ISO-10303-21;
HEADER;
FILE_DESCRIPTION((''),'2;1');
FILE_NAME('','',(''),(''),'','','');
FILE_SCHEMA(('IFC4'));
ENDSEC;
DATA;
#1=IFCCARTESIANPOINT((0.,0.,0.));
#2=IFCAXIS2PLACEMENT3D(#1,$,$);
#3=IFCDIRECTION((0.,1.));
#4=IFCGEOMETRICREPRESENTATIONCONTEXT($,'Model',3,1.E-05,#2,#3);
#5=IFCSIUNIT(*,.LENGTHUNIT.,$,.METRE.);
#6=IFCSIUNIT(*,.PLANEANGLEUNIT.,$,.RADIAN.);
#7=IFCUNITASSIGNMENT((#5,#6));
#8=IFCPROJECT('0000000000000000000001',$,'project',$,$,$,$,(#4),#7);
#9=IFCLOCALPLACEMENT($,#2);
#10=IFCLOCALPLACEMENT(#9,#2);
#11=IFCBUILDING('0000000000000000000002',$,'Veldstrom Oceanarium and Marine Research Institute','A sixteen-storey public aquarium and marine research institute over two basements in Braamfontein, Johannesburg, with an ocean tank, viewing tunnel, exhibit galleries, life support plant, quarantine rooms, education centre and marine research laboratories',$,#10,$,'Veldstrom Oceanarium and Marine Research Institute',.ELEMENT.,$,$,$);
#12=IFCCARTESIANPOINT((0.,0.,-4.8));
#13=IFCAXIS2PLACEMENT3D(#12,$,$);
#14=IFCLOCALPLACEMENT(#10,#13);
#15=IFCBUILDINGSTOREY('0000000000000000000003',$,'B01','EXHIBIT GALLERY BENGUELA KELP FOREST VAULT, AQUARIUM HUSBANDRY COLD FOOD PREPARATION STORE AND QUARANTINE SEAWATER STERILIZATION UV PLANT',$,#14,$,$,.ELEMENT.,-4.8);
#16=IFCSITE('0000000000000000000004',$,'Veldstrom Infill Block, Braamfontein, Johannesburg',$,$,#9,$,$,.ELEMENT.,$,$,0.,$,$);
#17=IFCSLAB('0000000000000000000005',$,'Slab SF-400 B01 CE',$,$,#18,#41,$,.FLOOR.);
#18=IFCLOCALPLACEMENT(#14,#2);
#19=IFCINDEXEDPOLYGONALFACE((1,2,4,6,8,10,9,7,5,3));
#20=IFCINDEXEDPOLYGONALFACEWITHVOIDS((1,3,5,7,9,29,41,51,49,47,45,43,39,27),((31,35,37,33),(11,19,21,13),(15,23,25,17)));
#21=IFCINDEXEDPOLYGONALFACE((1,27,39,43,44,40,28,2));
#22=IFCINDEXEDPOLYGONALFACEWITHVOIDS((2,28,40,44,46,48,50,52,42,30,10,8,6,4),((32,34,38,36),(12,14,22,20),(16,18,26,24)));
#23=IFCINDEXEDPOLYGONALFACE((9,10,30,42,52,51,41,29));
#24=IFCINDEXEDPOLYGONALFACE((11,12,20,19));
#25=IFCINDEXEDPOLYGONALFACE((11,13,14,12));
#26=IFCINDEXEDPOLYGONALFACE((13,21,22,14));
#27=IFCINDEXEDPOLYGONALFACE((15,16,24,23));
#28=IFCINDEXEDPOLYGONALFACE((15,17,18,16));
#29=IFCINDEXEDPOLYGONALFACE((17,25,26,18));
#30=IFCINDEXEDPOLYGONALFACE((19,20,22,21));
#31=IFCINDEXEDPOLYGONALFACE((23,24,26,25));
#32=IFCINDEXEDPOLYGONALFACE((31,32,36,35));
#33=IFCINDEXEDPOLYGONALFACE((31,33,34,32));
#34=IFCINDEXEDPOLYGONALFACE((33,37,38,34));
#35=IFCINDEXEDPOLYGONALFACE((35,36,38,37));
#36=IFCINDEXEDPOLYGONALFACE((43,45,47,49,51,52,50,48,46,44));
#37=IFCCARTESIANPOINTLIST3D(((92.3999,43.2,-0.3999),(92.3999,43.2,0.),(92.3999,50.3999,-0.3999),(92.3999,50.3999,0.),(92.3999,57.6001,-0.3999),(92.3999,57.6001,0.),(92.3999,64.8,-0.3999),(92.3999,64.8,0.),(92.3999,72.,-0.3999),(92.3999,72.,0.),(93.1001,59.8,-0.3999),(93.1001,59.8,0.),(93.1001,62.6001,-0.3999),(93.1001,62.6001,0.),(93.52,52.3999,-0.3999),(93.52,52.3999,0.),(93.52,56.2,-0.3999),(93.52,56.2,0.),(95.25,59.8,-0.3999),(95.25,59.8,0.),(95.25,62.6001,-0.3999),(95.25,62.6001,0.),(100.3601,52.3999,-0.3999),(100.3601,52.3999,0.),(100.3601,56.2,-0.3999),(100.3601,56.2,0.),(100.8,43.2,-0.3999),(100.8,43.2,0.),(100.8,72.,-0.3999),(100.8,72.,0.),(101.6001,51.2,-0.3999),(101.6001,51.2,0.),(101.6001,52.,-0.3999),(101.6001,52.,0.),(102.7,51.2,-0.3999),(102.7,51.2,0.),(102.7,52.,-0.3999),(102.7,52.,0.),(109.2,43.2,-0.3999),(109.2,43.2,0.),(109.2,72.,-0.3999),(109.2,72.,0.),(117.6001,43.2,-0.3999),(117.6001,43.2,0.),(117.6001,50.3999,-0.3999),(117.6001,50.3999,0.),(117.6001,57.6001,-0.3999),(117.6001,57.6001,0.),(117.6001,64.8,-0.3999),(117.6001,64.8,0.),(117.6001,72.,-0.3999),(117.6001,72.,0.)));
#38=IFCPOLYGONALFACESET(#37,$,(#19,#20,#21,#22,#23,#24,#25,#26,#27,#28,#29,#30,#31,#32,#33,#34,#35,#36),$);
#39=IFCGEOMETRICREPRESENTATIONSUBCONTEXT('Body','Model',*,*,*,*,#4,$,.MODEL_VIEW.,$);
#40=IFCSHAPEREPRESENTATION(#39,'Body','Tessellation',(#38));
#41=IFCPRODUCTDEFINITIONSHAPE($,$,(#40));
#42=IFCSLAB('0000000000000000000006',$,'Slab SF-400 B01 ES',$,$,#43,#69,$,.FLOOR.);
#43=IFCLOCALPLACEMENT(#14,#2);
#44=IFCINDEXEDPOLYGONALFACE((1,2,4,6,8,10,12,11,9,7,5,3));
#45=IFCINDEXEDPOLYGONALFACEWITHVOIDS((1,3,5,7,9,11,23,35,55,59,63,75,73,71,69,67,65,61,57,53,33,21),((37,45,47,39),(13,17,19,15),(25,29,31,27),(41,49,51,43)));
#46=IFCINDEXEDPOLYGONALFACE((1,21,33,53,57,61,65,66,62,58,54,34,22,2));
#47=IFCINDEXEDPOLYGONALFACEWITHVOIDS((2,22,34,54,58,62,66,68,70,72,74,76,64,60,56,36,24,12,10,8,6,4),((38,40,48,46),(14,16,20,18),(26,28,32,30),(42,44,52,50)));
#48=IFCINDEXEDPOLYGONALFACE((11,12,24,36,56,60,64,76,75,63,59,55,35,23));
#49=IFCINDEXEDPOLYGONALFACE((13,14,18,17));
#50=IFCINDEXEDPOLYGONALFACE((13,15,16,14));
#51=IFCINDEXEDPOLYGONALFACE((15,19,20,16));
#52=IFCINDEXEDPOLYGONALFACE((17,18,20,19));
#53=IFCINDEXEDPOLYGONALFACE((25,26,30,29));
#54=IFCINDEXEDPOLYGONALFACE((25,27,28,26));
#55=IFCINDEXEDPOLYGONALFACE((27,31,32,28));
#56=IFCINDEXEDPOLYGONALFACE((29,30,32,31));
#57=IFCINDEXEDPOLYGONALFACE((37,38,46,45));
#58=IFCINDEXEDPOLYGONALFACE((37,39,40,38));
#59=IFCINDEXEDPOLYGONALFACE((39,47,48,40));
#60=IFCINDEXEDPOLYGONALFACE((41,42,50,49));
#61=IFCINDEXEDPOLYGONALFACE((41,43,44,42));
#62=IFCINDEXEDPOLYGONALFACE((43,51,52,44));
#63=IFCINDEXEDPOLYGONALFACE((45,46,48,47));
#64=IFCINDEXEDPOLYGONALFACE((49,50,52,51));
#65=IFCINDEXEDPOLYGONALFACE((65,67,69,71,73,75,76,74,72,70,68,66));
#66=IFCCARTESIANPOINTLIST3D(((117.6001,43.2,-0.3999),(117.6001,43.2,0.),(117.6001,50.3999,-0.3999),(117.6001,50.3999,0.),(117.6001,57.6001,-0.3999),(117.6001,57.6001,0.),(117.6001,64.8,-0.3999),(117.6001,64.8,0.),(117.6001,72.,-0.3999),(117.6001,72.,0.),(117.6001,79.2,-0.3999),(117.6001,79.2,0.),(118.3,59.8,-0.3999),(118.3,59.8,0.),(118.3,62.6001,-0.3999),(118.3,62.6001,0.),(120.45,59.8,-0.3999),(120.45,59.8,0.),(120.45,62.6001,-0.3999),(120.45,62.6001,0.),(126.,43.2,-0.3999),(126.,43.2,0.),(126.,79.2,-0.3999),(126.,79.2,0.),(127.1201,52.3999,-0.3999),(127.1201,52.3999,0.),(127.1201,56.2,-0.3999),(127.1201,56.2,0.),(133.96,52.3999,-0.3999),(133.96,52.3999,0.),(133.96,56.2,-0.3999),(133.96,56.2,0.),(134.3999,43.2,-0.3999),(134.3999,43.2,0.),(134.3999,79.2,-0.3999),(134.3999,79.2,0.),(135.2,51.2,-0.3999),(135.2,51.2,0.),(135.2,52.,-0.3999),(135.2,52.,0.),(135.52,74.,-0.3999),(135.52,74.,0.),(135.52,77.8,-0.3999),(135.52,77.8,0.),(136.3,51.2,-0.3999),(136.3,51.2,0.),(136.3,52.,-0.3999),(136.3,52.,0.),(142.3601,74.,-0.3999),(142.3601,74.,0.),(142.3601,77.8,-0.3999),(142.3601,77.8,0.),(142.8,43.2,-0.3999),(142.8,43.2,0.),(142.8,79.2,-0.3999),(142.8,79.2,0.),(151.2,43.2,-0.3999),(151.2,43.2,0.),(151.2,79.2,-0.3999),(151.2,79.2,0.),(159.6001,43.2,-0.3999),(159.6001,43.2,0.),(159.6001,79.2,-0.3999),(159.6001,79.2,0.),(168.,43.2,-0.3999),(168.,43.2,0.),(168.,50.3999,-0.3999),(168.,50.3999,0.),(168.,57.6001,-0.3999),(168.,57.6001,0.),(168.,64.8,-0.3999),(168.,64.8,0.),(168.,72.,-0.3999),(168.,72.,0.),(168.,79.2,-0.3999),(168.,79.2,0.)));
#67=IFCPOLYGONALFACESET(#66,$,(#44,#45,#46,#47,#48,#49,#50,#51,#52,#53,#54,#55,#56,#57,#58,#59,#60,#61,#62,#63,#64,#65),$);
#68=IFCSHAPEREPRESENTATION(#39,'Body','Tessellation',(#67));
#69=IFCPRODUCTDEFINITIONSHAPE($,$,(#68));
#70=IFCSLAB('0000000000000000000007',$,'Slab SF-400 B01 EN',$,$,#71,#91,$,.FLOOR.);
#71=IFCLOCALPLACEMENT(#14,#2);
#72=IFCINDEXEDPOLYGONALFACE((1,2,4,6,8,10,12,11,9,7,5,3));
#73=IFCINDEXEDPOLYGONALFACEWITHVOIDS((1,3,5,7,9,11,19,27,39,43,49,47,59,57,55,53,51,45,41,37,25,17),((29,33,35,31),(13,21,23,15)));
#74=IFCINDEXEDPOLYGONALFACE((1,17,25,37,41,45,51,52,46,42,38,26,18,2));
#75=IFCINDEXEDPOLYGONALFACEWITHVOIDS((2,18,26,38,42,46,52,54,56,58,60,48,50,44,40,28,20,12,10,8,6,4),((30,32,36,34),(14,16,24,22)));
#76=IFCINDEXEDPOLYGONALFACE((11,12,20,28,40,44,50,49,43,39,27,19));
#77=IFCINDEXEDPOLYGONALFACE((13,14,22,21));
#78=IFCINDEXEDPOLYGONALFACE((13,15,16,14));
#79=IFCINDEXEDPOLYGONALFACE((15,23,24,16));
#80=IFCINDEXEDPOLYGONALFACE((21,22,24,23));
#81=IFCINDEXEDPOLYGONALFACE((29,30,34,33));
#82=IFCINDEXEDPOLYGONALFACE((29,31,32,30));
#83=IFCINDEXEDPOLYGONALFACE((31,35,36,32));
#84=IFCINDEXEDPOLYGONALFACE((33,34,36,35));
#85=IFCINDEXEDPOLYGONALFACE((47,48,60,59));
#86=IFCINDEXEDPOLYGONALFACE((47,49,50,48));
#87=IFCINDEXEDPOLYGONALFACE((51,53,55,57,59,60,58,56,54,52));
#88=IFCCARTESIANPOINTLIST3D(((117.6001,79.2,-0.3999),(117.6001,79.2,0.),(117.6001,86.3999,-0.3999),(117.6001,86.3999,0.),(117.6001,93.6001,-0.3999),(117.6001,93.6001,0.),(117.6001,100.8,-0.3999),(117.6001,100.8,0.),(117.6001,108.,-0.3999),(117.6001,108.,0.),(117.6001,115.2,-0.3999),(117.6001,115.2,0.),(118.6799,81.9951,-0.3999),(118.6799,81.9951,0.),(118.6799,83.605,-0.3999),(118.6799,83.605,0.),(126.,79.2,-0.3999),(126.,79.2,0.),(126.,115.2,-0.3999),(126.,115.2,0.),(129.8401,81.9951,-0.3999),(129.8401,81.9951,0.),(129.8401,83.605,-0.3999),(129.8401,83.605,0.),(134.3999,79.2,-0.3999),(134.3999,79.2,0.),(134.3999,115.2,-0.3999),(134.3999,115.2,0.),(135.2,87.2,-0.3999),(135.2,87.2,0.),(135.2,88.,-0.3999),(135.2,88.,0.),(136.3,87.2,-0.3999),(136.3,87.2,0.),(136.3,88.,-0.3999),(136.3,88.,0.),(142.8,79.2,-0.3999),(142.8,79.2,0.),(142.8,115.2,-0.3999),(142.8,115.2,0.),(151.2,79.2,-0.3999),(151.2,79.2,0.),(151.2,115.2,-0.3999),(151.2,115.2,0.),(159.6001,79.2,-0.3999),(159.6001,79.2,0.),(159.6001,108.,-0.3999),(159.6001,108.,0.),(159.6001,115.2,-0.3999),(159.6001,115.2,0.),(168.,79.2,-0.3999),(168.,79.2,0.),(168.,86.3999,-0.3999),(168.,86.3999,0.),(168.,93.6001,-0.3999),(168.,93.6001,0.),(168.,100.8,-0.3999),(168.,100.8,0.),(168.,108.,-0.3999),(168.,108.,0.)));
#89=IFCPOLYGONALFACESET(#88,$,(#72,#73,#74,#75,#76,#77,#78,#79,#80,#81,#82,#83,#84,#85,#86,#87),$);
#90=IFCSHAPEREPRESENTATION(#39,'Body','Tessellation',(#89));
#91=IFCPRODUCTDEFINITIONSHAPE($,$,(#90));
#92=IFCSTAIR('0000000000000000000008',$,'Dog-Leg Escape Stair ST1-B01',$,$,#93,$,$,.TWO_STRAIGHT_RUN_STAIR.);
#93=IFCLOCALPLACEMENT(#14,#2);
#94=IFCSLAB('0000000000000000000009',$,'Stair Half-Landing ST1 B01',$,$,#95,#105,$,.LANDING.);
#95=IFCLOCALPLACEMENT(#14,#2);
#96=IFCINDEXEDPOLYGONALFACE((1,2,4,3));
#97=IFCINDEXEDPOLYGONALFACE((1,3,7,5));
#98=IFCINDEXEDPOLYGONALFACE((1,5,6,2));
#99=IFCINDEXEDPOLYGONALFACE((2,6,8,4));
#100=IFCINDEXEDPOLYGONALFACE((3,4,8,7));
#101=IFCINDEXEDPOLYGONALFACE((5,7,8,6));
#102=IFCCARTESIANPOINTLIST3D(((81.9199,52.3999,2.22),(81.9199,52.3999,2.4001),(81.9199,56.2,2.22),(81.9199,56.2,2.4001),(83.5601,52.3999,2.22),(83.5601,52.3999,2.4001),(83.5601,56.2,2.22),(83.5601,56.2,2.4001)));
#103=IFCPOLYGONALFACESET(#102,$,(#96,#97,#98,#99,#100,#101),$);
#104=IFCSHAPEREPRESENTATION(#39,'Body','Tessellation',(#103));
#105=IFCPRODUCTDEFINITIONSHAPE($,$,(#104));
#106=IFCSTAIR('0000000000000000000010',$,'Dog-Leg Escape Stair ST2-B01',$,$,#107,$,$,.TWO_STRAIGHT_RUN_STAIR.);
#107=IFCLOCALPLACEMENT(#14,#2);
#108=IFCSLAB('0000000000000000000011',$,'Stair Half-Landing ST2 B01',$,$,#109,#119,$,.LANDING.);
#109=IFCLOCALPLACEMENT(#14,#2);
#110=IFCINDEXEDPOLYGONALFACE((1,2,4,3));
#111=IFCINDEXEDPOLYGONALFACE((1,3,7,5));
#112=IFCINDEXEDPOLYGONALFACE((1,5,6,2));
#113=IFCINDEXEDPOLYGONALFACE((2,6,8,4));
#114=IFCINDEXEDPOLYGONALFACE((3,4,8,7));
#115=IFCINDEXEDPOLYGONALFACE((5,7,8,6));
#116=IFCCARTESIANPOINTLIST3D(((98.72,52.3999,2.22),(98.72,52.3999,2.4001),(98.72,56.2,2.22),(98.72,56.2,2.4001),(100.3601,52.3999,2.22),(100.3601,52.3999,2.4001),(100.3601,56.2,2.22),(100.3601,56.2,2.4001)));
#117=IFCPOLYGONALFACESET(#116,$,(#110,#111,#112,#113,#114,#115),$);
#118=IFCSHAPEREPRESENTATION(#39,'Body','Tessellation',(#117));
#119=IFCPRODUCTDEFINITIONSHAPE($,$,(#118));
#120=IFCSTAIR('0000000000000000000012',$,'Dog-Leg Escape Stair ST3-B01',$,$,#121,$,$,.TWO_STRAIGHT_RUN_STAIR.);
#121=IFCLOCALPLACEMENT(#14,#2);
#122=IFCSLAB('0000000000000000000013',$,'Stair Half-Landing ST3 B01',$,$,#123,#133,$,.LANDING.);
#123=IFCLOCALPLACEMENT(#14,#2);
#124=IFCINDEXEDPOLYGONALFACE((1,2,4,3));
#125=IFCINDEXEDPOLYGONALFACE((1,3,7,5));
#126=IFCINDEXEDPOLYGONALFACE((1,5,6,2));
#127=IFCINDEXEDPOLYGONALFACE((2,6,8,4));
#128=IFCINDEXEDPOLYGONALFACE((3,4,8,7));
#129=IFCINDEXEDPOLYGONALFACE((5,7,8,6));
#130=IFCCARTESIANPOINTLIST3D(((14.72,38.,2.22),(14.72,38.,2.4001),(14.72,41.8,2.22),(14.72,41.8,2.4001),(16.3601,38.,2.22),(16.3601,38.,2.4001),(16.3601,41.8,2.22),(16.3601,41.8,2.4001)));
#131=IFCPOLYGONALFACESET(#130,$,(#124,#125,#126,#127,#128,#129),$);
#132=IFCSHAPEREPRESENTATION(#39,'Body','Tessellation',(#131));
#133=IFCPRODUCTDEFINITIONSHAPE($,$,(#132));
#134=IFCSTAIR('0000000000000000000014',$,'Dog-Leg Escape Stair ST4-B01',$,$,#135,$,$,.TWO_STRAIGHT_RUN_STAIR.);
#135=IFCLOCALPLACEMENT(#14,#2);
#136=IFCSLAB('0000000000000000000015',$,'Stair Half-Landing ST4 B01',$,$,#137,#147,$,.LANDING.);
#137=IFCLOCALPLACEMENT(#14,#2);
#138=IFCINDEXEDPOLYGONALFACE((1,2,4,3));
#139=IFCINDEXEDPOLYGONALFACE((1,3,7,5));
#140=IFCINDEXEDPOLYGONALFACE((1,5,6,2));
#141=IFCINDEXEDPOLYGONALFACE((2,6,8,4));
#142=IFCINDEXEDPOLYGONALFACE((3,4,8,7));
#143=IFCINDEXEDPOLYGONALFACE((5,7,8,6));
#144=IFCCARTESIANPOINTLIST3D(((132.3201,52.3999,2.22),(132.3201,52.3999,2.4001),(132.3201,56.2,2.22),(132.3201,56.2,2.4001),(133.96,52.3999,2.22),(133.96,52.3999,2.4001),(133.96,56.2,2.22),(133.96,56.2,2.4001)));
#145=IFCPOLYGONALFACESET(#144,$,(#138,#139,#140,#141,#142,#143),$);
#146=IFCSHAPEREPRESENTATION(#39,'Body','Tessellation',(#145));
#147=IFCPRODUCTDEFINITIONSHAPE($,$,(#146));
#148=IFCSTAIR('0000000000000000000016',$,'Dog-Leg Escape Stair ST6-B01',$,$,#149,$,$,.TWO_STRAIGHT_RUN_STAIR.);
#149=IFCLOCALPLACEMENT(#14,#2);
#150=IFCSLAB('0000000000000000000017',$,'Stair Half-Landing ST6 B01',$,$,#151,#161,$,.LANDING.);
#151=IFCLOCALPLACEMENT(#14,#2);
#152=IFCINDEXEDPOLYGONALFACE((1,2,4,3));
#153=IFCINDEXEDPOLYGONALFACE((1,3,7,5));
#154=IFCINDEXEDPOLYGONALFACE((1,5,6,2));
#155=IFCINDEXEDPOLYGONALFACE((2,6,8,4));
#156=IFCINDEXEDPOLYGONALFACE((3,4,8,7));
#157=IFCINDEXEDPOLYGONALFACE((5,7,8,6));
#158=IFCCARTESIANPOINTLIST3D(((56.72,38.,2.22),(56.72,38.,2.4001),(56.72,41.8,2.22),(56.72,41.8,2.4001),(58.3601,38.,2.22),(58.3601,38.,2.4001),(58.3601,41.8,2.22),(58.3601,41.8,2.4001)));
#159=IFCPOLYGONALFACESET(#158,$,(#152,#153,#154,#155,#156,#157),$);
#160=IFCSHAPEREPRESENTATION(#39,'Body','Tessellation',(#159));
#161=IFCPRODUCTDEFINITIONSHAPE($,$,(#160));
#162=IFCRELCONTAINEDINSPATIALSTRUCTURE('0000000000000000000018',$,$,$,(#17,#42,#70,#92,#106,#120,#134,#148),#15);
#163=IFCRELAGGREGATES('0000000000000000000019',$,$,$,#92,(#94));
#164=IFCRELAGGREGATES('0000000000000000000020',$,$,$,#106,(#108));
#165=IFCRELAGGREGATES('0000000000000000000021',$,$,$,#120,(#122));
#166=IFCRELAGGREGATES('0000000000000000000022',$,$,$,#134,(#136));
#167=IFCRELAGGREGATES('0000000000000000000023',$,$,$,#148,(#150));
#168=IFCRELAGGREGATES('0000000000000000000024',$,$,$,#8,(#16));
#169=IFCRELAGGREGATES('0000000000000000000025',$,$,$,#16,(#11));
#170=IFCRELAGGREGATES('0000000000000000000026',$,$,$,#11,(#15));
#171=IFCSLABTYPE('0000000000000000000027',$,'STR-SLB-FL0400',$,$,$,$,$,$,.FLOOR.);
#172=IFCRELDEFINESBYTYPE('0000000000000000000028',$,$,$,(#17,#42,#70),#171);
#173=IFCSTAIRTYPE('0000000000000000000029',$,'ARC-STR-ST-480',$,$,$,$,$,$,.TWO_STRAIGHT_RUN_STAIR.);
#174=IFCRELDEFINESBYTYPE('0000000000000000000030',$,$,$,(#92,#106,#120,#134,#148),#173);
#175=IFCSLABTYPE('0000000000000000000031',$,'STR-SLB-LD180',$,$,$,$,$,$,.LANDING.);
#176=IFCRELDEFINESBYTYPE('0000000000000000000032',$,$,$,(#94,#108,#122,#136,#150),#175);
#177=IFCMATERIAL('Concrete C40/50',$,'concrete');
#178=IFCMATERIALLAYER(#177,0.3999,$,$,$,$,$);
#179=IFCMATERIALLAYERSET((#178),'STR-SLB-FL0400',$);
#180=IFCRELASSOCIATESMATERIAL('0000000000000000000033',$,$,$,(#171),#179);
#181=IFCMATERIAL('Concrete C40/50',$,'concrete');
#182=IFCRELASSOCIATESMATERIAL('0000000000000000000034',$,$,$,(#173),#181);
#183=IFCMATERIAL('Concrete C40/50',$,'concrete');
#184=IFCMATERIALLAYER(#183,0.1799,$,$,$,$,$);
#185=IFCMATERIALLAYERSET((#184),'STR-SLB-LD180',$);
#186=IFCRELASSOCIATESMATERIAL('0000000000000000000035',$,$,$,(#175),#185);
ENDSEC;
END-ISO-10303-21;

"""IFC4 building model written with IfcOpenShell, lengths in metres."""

from ifc_helpers import new_model, si_unit, direction, frame, origin, place, context, subcontext, project, spatial, polyline, outline, extrude, material, layer, layer_set, type_object, element, aggregate, save


model = new_model("IFC4")

# Units and contexts
model_context = context("Model", 3, precision=1e-05, world=origin(), true_north=direction((0.0, 1.0)))
body_context = subcontext(model_context, "Body", "Model", "MODEL_VIEW")
ifc_project = project(units=[si_unit("LENGTHUNIT", "METRE"), si_unit("PLANEANGLEUNIT", "RADIAN")], contexts=[model_context])

# Site, building, storey
site_placement = place(None, origin())
site = spatial("IfcSite", under=ifc_project, at=site_placement, Name="Veldstrom Infill Block, Braamfontein, Johannesburg", CompositionType="ELEMENT", RefElevation=0.0)
building_placement = place(site_placement, origin())
building = spatial("IfcBuilding", under=site, at=building_placement, Name="Veldstrom Oceanarium and Marine Research Institute", Description="A sixteen-storey public aquarium and marine research institute over two basements in Braamfontein, Johannesburg, with an ocean tank, viewing tunnel, exhibit galleries, life support plant, quarantine rooms, education centre and marine research laboratories", LongName="Veldstrom Oceanarium and Marine Research Institute", CompositionType="ELEMENT")
storey_placement = place(building_placement, frame((0.0, 0.0, -4.8)))
storey = spatial("IfcBuildingStorey", under=building, at=storey_placement, Name="B01", Description="EXHIBIT GALLERY BENGUELA KELP FOREST VAULT, AQUARIUM HUSBANDRY COLD FOOD PREPARATION STORE AND QUARANTINE SEAWATER STERILIZATION UV PLANT", CompositionType="ELEMENT", Elevation=-4.8)

# Slabs
ifc_material_1 = material(Name="Concrete C40/50", Category="concrete")
ifc_layer_1 = layer(ifc_material_1, 0.3999)
ifc_layer_set_1 = layer_set([ifc_layer_1], Name="STR-SLB-FL0400")
slab_type_1 = type_object("IfcSlabType", Name="STR-SLB-FL0400", PredefinedType="FLOOR", material=ifc_layer_set_1)
slab_1_placement = place(storey_placement, frame((0.0, 0.0, -0.3999)))
element("IfcSlab", 1, at=slab_1_placement, inside=storey, type_object=slab_type_1, Name="Slab SF-400 B01 CE", PredefinedType="FLOOR", context=body_context, shape_type="SweptSolid", body=[
    extrude(outline(polyline([(100.8, 72.0), (109.2, 72.0), (117.6001, 72.0), (117.6001, 64.8), (117.6001, 57.6001), (117.6001, 50.3999), (117.6001, 43.2), (109.2, 43.2), (100.8, 43.2), (92.3999, 43.2), (92.3999, 50.3999), (92.3999, 57.6001), (92.3999, 64.8), (92.3999, 72.0), (100.8, 72.0)]), holes=[polyline([(100.3601, 56.2), (93.52, 56.2), (93.52, 52.3999), (100.3601, 52.3999), (100.3601, 56.2)]), polyline([(95.25, 59.8), (95.25, 62.6001), (93.1001, 62.6001), (93.1001, 59.8), (95.25, 59.8)]), polyline([(102.7, 52.0), (101.6001, 52.0), (101.6001, 51.2), (102.7, 51.2), (102.7, 52.0)])]), origin(), (0.0, 0.0, 1.0), 0.3999),
])
slab_2_placement = place(storey_placement, frame((0.0, 0.0, -0.3999)))
element("IfcSlab", 2, at=slab_2_placement, inside=storey, type_object=slab_type_1, Name="Slab SF-400 B01 ES", PredefinedType="FLOOR", context=body_context, shape_type="SweptSolid", body=[
    extrude(outline(polyline([(126.0, 43.2), (117.6001, 43.2), (117.6001, 50.3999), (117.6001, 57.6001), (117.6001, 64.8), (117.6001, 72.0), (117.6001, 79.2), (126.0, 79.2), (134.3999, 79.2), (142.8, 79.2), (151.2, 79.2), (159.6001, 79.2), (168.0, 79.2), (168.0, 72.0), (168.0, 64.8), (168.0, 57.6001), (168.0, 50.3999), (168.0, 43.2), (159.6001, 43.2), (151.2, 43.2), (142.8, 43.2), (134.3999, 43.2), (126.0, 43.2)]), holes=[polyline([(127.1201, 52.3999), (133.96, 52.3999), (133.96, 56.2), (127.1201, 56.2), (127.1201, 52.3999)]), polyline([(142.3601, 77.8), (135.52, 77.8), (135.52, 74.0), (142.3601, 74.0), (142.3601, 77.8)]), polyline([(118.3, 62.6001), (118.3, 59.8), (120.45, 59.8), (120.45, 62.6001), (118.3, 62.6001)]), polyline([(136.3, 52.0), (135.2, 52.0), (135.2, 51.2), (136.3, 51.2), (136.3, 52.0)])]), origin(), (0.0, 0.0, 1.0), 0.3999),
])
slab_3_placement = place(storey_placement, frame((0.0, 0.0, -0.3999)))
element("IfcSlab", 3, at=slab_3_placement, inside=storey, type_object=slab_type_1, Name="Slab SF-400 B01 EN", PredefinedType="FLOOR", context=body_context, shape_type="SweptSolid", body=[
    extrude(outline(polyline([(126.0, 79.2), (117.6001, 79.2), (117.6001, 86.3999), (117.6001, 93.6001), (117.6001, 100.8), (117.6001, 108.0), (117.6001, 115.2), (126.0, 115.2), (134.3999, 115.2), (142.8, 115.2), (151.2, 115.2), (159.6001, 115.2), (159.6001, 108.0), (168.0, 108.0), (168.0, 100.8), (168.0, 93.6001), (168.0, 86.3999), (168.0, 79.2), (159.6001, 79.2), (151.2, 79.2), (142.8, 79.2), (134.3999, 79.2), (126.0, 79.2)]), holes=[polyline([(118.6799, 83.605), (118.6799, 81.9951), (129.8401, 81.9951), (129.8401, 83.605), (118.6799, 83.605)]), polyline([(136.3, 88.0), (135.2, 88.0), (135.2, 87.2), (136.3, 87.2), (136.3, 88.0)])]), origin(), (0.0, 0.0, 1.0), 0.3999),
])

# Stairs, slabs
ifc_material_2 = material(Name="Concrete C40/50", Category="concrete")
stair_type = type_object("IfcStairType", Name="ARC-STR-ST-480", PredefinedType="TWO_STRAIGHT_RUN_STAIR", material=ifc_material_2)
stair_1_placement = place(storey_placement, origin())
stair_1 = element("IfcStair", 4, at=stair_1_placement, inside=storey, type_object=stair_type, Name="Dog-Leg Escape Stair ST1-B01", PredefinedType="TWO_STRAIGHT_RUN_STAIR")
ifc_material_3 = material(Name="Concrete C40/50", Category="concrete")
ifc_layer_2 = layer(ifc_material_3, 0.1799)
ifc_layer_set_2 = layer_set([ifc_layer_2], Name="STR-SLB-LD180")
slab_type_2 = type_object("IfcSlabType", Name="STR-SLB-LD180", PredefinedType="LANDING", material=ifc_layer_set_2)
slab_4_placement = place(storey_placement, frame((0.0, 0.0, 2.22)))
slab_4 = element("IfcSlab", 5, at=slab_4_placement, type_object=slab_type_2, Name="Stair Half-Landing ST1 B01", PredefinedType="LANDING", context=body_context, shape_type="SweptSolid", body=[
    extrude(outline(polyline([(81.9199, 52.3999), (83.5601, 52.3999), (83.5601, 56.2), (81.9199, 56.2), (81.9199, 52.3999)])), origin(), (0.0, 0.0, 1.0), 0.1802),
])
aggregate(stair_1, [slab_4])
stair_2_placement = place(storey_placement, origin())
stair_2 = element("IfcStair", 6, at=stair_2_placement, inside=storey, type_object=stair_type, Name="Dog-Leg Escape Stair ST2-B01", PredefinedType="TWO_STRAIGHT_RUN_STAIR")
slab_5_placement = place(storey_placement, frame((0.0, 0.0, 2.22)))
slab_5 = element("IfcSlab", 7, at=slab_5_placement, type_object=slab_type_2, Name="Stair Half-Landing ST2 B01", PredefinedType="LANDING", context=body_context, shape_type="SweptSolid", body=[
    extrude(outline(polyline([(98.72, 52.3999), (100.3601, 52.3999), (100.3601, 56.2), (98.72, 56.2), (98.72, 52.3999)])), origin(), (0.0, 0.0, 1.0), 0.1802),
])
aggregate(stair_2, [slab_5])
stair_3_placement = place(storey_placement, origin())
stair_3 = element("IfcStair", 8, at=stair_3_placement, inside=storey, type_object=stair_type, Name="Dog-Leg Escape Stair ST3-B01", PredefinedType="TWO_STRAIGHT_RUN_STAIR")
slab_6_placement = place(storey_placement, frame((0.0, 0.0, 2.22)))
slab_6 = element("IfcSlab", 9, at=slab_6_placement, type_object=slab_type_2, Name="Stair Half-Landing ST3 B01", PredefinedType="LANDING", context=body_context, shape_type="SweptSolid", body=[
    extrude(outline(polyline([(14.72, 38.0), (16.3601, 38.0), (16.3601, 41.8), (14.72, 41.8), (14.72, 38.0)])), origin(), (0.0, 0.0, 1.0), 0.1802),
])
aggregate(stair_3, [slab_6])
stair_4_placement = place(storey_placement, origin())
stair_4 = element("IfcStair", 10, at=stair_4_placement, inside=storey, type_object=stair_type, Name="Dog-Leg Escape Stair ST4-B01", PredefinedType="TWO_STRAIGHT_RUN_STAIR")
slab_7_placement = place(storey_placement, frame((0.0, 0.0, 2.22)))
slab_7 = element("IfcSlab", 11, at=slab_7_placement, type_object=slab_type_2, Name="Stair Half-Landing ST4 B01", PredefinedType="LANDING", context=body_context, shape_type="SweptSolid", body=[
    extrude(outline(polyline([(132.3201, 52.3999), (133.96, 52.3999), (133.96, 56.2), (132.3201, 56.2), (132.3201, 52.3999)])), origin(), (0.0, 0.0, 1.0), 0.1802),
])
aggregate(stair_4, [slab_7])
stair_5_placement = place(storey_placement, origin())
stair_5 = element("IfcStair", 12, at=stair_5_placement, inside=storey, type_object=stair_type, Name="Dog-Leg Escape Stair ST6-B01", PredefinedType="TWO_STRAIGHT_RUN_STAIR")
slab_8_placement = place(storey_placement, frame((0.0, 0.0, 2.22)))
slab_8 = element("IfcSlab", 13, at=slab_8_placement, type_object=slab_type_2, Name="Stair Half-Landing ST6 B01", PredefinedType="LANDING", context=body_context, shape_type="SweptSolid", body=[
    extrude(outline(polyline([(56.72, 38.0), (58.3601, 38.0), (58.3601, 41.8), (56.72, 41.8), (56.72, 38.0)])), origin(), (0.0, 0.0, 1.0), 0.1802),
])
aggregate(stair_5, [slab_8])

save(model, "model.ifc")
